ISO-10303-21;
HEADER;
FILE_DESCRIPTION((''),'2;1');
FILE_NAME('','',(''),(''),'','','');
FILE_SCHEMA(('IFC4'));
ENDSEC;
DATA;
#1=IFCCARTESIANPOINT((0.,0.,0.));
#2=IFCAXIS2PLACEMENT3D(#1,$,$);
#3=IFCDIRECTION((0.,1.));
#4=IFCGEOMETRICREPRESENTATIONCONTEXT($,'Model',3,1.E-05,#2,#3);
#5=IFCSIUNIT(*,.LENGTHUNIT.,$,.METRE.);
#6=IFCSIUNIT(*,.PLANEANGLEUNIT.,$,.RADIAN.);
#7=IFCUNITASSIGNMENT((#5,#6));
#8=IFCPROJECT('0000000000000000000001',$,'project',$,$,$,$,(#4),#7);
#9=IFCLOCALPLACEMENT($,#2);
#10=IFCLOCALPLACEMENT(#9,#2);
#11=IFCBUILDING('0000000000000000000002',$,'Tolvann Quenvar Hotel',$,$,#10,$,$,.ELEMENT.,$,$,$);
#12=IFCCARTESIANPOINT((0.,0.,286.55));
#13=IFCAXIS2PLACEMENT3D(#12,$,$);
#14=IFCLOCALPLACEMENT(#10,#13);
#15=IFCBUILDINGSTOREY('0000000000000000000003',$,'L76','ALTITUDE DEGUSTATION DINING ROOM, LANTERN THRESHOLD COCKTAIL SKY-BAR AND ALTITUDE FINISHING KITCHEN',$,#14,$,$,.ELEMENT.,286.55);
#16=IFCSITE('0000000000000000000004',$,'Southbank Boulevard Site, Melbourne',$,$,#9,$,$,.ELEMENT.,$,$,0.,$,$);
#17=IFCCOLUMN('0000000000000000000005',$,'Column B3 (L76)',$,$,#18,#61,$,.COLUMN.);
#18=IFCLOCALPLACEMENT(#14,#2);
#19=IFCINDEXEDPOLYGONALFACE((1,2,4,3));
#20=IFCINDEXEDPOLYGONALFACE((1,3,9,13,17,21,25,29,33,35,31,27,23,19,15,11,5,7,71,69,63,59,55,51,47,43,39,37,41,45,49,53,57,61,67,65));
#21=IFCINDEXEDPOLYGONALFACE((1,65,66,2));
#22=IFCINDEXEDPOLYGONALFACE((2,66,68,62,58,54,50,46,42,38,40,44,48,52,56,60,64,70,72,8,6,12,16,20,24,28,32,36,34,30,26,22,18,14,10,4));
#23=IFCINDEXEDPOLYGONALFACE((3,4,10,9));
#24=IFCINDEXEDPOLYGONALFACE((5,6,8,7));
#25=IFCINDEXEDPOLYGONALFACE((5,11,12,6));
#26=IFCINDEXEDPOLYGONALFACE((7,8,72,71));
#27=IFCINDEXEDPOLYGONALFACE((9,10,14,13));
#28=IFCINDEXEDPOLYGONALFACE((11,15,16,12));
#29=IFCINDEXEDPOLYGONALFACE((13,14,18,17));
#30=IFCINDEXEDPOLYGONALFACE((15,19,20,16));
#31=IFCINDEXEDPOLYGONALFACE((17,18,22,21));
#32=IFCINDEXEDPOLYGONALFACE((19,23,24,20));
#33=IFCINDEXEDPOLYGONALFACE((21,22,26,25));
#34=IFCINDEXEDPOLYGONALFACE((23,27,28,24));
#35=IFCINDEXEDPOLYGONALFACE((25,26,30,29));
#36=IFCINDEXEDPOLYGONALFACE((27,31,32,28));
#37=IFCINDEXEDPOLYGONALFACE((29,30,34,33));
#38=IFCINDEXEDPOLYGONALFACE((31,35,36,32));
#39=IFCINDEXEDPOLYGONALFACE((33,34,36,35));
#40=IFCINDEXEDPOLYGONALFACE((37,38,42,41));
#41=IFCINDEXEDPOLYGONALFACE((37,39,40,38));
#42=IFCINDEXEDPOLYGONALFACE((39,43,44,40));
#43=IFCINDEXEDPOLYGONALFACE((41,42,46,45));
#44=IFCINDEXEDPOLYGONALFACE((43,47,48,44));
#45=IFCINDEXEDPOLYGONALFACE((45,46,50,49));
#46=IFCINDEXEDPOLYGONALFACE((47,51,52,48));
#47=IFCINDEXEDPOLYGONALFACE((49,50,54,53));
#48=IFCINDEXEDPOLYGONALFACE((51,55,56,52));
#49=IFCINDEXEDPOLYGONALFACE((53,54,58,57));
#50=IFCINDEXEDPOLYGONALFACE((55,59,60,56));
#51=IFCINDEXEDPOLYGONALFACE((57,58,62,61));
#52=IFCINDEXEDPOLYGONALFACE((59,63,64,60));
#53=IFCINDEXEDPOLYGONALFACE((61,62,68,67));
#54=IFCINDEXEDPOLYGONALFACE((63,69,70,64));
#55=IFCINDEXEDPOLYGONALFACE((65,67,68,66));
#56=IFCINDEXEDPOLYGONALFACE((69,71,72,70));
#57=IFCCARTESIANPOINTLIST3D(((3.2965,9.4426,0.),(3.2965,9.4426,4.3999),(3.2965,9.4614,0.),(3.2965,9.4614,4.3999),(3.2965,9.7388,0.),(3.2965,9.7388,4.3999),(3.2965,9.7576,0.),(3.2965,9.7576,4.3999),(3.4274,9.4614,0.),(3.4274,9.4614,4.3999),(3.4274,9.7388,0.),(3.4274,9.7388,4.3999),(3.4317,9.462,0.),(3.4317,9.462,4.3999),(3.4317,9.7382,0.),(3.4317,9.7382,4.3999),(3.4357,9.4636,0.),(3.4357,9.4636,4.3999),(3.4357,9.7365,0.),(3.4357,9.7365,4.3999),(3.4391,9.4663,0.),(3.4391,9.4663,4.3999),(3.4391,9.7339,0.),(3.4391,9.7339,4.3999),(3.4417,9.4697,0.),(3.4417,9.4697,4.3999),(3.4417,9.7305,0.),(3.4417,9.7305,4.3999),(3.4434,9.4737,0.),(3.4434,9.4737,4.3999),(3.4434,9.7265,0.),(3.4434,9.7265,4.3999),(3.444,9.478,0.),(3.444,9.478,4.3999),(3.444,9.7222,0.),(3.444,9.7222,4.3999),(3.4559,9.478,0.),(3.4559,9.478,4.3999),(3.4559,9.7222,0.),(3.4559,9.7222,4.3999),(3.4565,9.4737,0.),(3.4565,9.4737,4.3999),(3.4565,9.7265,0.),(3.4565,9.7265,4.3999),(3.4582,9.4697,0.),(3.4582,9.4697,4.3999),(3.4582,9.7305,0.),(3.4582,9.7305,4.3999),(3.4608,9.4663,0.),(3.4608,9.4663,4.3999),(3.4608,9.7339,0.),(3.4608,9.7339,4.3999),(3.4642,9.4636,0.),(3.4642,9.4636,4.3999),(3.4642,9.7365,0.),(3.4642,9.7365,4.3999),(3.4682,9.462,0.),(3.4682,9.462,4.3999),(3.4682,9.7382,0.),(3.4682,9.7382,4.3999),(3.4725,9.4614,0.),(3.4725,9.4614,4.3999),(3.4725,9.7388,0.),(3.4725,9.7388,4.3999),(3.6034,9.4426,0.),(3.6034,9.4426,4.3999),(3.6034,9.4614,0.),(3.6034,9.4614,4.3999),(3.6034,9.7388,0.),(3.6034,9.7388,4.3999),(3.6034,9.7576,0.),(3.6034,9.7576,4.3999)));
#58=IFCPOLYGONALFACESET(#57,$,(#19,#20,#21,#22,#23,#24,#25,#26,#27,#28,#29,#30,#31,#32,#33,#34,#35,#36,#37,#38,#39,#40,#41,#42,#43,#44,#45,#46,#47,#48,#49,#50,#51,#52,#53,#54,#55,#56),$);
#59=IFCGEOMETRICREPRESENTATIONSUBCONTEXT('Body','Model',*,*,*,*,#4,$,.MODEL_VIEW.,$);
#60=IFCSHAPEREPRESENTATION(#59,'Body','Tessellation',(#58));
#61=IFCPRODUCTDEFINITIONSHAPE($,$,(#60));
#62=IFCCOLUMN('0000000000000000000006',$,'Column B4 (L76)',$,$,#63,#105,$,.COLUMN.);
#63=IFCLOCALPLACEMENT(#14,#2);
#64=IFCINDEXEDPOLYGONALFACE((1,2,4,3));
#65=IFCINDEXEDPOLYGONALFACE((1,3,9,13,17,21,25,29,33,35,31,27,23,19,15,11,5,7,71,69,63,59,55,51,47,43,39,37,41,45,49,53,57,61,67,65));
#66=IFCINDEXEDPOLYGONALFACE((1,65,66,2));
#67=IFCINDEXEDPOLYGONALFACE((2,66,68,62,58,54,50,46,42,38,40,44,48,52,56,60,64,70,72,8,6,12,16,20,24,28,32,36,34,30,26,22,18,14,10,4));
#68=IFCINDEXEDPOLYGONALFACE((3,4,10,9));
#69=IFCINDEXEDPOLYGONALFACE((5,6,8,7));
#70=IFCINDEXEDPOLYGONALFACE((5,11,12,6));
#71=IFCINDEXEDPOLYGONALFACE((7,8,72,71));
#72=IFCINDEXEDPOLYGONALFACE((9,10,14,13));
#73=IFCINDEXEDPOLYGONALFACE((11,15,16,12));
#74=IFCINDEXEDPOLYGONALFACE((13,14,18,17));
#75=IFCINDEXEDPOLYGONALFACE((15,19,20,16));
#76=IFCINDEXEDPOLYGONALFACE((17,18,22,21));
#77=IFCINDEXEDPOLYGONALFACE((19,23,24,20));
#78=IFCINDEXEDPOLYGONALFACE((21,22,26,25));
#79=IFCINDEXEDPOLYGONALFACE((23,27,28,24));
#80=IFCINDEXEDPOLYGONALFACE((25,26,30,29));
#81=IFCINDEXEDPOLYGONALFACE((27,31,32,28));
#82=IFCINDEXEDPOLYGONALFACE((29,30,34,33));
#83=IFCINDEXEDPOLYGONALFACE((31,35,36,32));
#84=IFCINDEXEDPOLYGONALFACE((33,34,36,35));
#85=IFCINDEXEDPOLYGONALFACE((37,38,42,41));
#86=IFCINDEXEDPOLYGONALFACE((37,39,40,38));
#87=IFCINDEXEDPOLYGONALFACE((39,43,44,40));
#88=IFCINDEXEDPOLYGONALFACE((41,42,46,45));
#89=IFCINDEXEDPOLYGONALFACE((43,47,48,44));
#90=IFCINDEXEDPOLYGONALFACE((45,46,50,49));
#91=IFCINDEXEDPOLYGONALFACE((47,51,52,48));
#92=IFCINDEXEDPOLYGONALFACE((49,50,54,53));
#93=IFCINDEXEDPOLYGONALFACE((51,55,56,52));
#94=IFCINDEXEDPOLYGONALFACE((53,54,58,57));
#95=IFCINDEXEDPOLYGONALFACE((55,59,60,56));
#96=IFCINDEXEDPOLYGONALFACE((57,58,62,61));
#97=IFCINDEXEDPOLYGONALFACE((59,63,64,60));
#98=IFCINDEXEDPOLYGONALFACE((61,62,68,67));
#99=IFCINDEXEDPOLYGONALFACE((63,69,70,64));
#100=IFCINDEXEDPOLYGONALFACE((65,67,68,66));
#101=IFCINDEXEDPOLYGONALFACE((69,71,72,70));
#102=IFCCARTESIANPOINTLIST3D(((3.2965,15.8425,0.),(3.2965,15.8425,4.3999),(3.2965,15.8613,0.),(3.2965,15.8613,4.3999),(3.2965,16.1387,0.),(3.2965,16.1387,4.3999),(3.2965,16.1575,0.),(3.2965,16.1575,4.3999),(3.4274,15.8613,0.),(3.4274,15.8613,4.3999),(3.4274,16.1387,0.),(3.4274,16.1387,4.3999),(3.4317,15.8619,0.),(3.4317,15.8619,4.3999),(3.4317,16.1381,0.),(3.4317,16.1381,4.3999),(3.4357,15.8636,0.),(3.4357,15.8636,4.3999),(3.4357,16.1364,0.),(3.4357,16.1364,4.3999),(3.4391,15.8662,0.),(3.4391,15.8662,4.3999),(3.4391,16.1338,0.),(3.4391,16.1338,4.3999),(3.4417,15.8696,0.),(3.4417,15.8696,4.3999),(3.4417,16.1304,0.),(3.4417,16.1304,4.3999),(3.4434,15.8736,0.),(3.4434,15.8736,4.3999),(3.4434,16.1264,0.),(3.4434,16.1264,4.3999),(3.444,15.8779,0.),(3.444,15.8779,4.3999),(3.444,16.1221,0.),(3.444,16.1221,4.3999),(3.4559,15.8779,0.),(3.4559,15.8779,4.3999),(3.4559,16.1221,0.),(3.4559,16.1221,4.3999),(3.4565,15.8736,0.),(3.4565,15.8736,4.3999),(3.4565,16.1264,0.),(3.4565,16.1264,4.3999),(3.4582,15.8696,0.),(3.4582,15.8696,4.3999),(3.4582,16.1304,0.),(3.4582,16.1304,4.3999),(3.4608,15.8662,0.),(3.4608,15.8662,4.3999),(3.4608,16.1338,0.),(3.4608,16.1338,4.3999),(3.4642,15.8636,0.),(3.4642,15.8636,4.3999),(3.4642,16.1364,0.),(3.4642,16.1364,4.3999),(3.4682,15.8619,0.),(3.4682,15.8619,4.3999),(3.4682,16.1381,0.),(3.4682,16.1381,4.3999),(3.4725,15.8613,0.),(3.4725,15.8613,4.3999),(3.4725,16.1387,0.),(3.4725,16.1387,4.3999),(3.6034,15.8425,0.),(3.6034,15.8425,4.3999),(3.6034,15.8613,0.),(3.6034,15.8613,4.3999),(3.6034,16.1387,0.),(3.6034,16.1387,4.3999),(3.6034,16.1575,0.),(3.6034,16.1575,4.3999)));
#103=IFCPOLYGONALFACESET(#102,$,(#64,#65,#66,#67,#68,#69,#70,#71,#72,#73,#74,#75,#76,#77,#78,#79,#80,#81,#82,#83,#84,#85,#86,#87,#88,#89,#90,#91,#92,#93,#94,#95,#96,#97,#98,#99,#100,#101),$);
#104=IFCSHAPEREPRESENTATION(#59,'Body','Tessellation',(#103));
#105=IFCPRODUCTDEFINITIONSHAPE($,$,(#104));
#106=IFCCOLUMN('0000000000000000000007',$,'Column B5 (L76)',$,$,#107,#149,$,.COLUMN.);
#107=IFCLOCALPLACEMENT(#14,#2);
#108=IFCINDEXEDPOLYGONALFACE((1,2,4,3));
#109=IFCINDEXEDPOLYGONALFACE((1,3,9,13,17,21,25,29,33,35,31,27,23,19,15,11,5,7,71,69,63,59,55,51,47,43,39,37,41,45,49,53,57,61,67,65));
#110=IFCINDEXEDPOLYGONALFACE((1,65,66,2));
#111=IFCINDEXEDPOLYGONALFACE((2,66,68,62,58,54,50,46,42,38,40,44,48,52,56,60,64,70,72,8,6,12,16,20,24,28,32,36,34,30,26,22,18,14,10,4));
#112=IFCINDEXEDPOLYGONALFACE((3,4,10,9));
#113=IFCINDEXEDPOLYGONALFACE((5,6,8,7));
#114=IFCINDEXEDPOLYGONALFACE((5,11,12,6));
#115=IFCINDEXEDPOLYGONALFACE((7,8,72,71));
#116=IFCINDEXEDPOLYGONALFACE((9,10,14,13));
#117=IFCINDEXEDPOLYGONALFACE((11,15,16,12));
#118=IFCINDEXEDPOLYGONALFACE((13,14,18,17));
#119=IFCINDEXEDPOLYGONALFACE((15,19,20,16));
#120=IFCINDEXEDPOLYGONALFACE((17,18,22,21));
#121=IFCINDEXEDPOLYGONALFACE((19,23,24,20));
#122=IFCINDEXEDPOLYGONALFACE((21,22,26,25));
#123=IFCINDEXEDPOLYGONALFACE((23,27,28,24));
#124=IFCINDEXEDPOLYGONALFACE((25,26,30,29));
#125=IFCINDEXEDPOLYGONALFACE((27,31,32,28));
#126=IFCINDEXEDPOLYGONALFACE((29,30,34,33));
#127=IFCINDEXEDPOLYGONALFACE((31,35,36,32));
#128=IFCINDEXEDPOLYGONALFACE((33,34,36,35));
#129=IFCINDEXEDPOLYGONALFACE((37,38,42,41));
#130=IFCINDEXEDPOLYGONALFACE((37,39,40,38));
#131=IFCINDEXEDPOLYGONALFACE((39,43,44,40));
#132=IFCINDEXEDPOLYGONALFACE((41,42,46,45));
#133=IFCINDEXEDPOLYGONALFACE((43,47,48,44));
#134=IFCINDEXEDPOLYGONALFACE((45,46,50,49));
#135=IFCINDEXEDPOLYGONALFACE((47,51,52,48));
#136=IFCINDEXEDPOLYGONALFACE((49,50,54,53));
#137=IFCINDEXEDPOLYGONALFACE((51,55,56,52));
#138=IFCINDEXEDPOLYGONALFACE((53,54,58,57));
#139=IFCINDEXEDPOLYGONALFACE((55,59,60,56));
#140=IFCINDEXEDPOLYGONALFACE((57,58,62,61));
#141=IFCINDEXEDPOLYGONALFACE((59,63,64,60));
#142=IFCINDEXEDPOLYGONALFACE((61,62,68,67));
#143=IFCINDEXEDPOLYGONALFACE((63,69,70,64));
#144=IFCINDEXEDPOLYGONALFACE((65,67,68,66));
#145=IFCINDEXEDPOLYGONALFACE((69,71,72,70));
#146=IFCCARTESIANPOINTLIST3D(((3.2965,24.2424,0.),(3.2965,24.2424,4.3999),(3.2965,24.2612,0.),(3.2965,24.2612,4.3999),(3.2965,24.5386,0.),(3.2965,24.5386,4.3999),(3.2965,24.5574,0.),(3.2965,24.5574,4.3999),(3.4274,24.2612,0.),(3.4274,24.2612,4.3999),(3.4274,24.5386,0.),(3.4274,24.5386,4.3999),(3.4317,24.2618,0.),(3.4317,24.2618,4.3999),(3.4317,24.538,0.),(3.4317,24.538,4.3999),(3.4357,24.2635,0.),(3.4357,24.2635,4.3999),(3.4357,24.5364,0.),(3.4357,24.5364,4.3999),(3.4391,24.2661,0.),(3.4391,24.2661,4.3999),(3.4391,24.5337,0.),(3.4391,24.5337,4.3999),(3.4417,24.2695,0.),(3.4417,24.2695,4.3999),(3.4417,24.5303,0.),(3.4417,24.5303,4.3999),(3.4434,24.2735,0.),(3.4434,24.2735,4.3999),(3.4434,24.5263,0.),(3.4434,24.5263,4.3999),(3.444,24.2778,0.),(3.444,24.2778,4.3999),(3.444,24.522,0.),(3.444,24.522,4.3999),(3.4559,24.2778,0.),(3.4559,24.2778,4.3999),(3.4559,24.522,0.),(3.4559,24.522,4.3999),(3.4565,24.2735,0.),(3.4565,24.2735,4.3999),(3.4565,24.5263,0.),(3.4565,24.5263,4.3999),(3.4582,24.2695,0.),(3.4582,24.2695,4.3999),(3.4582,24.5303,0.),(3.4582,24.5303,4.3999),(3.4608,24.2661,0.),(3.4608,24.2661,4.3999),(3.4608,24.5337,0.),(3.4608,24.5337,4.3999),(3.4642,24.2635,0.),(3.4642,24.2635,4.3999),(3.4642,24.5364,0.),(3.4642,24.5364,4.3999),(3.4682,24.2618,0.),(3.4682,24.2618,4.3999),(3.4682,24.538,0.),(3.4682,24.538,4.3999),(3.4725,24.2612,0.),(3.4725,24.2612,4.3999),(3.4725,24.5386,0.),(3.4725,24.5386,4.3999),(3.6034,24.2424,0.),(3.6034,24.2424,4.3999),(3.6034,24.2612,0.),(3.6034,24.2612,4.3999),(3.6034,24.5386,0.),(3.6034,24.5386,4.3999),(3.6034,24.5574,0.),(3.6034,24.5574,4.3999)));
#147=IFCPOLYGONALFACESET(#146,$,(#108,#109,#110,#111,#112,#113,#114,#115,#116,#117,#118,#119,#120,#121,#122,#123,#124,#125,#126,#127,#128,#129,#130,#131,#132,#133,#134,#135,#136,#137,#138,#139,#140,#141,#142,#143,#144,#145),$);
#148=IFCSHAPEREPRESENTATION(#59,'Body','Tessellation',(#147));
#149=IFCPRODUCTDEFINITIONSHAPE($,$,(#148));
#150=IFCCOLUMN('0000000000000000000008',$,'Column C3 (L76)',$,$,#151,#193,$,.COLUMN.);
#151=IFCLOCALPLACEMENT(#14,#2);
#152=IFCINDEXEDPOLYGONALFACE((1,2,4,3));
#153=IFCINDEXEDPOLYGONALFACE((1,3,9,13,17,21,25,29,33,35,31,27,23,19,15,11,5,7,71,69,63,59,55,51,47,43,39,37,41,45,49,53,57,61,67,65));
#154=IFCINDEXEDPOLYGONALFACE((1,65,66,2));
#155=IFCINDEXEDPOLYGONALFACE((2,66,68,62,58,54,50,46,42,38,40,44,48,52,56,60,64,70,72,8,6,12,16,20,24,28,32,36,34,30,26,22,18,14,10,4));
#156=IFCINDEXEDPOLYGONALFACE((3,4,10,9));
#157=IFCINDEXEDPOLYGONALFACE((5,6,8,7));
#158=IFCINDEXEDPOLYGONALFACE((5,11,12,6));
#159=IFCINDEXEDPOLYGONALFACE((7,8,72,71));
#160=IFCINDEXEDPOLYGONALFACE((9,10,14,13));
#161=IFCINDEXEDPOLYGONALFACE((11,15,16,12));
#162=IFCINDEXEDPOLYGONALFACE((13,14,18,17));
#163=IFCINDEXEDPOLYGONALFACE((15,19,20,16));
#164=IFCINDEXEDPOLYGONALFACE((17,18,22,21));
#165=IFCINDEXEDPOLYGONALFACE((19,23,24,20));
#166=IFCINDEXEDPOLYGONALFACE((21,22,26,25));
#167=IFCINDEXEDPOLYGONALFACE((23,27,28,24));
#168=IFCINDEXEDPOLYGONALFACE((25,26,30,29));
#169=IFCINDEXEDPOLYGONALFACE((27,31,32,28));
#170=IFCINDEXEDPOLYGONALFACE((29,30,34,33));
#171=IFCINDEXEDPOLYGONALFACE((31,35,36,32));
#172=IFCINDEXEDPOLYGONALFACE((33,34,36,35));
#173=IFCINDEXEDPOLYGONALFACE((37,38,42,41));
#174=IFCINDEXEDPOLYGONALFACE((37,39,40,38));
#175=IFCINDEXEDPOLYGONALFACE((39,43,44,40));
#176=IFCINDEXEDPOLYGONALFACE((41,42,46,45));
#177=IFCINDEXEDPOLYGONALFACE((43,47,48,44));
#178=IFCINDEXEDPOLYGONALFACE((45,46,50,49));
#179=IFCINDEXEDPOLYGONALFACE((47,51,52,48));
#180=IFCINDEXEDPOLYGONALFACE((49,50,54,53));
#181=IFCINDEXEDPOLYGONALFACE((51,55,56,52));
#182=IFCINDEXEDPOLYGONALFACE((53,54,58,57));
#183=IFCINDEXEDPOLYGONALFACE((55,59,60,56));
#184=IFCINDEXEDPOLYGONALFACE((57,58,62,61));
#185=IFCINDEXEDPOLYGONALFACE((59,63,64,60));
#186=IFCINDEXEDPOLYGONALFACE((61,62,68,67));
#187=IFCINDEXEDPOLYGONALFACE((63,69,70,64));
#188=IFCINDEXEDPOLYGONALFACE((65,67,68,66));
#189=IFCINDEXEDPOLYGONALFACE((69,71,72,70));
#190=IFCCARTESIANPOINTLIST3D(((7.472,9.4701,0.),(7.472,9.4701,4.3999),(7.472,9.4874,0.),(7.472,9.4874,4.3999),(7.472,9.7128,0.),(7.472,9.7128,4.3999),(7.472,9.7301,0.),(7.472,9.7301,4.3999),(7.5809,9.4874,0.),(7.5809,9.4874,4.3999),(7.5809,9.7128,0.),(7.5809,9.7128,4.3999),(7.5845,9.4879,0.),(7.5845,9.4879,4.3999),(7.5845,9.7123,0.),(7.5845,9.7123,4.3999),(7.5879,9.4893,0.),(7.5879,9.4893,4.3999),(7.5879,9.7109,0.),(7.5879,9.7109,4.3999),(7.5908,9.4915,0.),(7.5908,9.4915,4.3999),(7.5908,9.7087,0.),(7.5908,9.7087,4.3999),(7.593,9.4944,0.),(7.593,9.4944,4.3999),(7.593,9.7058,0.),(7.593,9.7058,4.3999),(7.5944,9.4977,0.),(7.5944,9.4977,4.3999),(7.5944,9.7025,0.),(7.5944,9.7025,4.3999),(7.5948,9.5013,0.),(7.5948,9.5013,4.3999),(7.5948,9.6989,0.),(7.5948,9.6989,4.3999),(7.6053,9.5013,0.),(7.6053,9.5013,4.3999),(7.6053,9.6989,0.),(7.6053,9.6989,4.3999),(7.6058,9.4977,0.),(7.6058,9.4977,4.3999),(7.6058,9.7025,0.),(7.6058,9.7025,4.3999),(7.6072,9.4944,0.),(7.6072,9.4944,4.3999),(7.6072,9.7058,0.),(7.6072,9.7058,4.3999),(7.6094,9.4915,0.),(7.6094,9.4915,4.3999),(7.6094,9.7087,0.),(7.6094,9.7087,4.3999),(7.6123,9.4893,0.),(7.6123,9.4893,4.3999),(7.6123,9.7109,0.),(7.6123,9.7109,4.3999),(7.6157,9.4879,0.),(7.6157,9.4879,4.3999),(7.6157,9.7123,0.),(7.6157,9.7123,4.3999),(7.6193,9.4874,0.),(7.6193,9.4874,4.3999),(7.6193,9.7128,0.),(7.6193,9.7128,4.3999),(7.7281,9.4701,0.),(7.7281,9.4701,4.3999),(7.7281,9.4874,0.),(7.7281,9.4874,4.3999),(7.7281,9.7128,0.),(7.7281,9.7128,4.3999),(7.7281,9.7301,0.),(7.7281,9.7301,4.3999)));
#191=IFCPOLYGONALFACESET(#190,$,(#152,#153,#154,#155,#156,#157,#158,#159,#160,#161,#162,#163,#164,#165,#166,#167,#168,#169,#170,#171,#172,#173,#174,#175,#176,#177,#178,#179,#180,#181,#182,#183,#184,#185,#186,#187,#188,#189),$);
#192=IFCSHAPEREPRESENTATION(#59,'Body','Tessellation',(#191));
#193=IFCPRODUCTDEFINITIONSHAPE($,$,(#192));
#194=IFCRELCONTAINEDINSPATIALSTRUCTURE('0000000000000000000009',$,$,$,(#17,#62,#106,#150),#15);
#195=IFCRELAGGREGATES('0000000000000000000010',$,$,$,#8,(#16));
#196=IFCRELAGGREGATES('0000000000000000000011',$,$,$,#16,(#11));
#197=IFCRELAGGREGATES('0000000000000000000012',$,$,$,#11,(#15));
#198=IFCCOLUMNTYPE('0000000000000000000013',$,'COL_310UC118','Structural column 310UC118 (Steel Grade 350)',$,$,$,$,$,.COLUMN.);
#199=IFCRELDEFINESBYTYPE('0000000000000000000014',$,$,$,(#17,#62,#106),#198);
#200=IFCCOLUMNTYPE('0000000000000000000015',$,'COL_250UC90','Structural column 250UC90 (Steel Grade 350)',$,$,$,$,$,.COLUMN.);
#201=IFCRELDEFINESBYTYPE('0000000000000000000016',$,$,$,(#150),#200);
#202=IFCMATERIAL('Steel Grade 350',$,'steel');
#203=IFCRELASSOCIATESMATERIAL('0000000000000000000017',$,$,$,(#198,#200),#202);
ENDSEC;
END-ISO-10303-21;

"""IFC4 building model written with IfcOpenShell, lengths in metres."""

from ifc_helpers import new_model, si_unit, direction, frame, origin, origin_2d, place, context, subcontext, project, spatial, i_section, extrude, source, transform, mapped, material, material_profile, profile_set, type_object, type_shapes, element, save


model = new_model("IFC4")

# Units and contexts
model_context = context("Model", 3, precision=1e-05, world=origin(), true_north=direction((0.0, 1.0)))
body_context = subcontext(model_context, "Body", "Model", "MODEL_VIEW")
ifc_project = project(units=[si_unit("LENGTHUNIT", "METRE"), si_unit("PLANEANGLEUNIT", "RADIAN")], contexts=[model_context])

# Site, building, storey
site_placement = place(None, origin())
site = spatial("IfcSite", under=ifc_project, at=site_placement, Name="Southbank Boulevard Site, Melbourne", CompositionType="ELEMENT", RefElevation=0.0)
building_placement = place(site_placement, origin())
building = spatial("IfcBuilding", under=site, at=building_placement, Name="Tolvann Quenvar Hotel", CompositionType="ELEMENT")
storey_placement = place(building_placement, frame((0.0, 0.0, 286.55)))
storey = spatial("IfcBuildingStorey", under=building, at=storey_placement, Name="L76", Description="ALTITUDE DEGUSTATION DINING ROOM, LANTERN THRESHOLD COCKTAIL SKY-BAR AND ALTITUDE FINISHING KITCHEN", CompositionType="ELEMENT", Elevation=286.55)

# Columns
ifc_material_1 = material(Name="Steel Grade 350", Category="steel")
ifc_material_profile_1 = material_profile(ifc_material_1, i_section(OverallWidth=0.3069, OverallDepth=0.3149, WebThickness=0.012, FlangeThickness=0.0188, FilletRadius=0.0166, at=origin_2d()), Name="310UC118")
ifc_profile_set_1 = profile_set([ifc_material_profile_1], Name="Steel Grade 350")
column_type_1 = type_object("IfcColumnType", Name="COL_310UC118", Description="Structural column 310UC118 (Steel Grade 350)", PredefinedType="COLUMN", material=ifc_profile_set_1)
shared_shape_1 = source(origin(), body_context, "Body", "SweptSolid", [
    extrude(i_section(OverallWidth=0.3069, OverallDepth=0.3149, WebThickness=0.012, FlangeThickness=0.0188, FilletRadius=0.0166, at=origin_2d()), origin(), (0.0, 0.0, 1.0), 4.3999),
])
type_shapes(column_type_1, [shared_shape_1])
for number, where, z_axis, x_axis, name in (
    (1, (3.45, 9.6001, 0.0), (0.0, 0.0, 1.0), (1.0, 0.0, 0.0), "Column B3 (L76)"),
    (2, (3.45, 16.0, 0.0), (0.0, 0.0, 1.0), (1.0, 0.0, 0.0), "Column B4 (L76)"),
    (3, (3.45, 24.3999, 0.0), (0.0, 0.0, 1.0), (1.0, 0.0, 0.0), "Column B5 (L76)"),
):
    element("IfcColumn", number, at=place(storey_placement, frame(where, z_axis=z_axis, x_axis=x_axis)), inside=storey, type_object=column_type_1, Name=name, PredefinedType="COLUMN", context=body_context, shape_type="MappedRepresentation", body=[
        mapped(shared_shape_1, transform((0.0, 0.0, 0.0), x_axis=(1.0, 0.0, 0.0), y_axis=(0.0, 1.0, 0.0), z_axis=(0.0, 0.0, 1.0), scale=1.0)),
    ])
ifc_material_profile_2 = material_profile(ifc_material_1, i_section(OverallWidth=0.2561, OverallDepth=0.26, WebThickness=0.0105, FlangeThickness=0.0173, FilletRadius=0.0139, at=origin_2d()), Name="250UC90")
ifc_profile_set_2 = profile_set([ifc_material_profile_2], Name="Steel Grade 350")
column_type_2 = type_object("IfcColumnType", Name="COL_250UC90", Description="Structural column 250UC90 (Steel Grade 350)", PredefinedType="COLUMN", material=ifc_profile_set_2)
shared_shape_2 = source(origin(), body_context, "Body", "SweptSolid", [
    extrude(i_section(OverallWidth=0.2561, OverallDepth=0.26, WebThickness=0.0105, FlangeThickness=0.0173, FilletRadius=0.0139, at=origin_2d()), origin(), (0.0, 0.0, 1.0), 4.3999),
])
type_shapes(column_type_2, [shared_shape_2])
for number, where, z_axis, x_axis, name in (
    (4, (7.6001, 9.6001, 0.0), (0.0, 0.0, 1.0), (1.0, 0.0, 0.0), "Column C3 (L76)"),
):
    element("IfcColumn", number, at=place(storey_placement, frame(where, z_axis=z_axis, x_axis=x_axis)), inside=storey, type_object=column_type_2, Name=name, PredefinedType="COLUMN", context=body_context, shape_type="MappedRepresentation", body=[
        mapped(shared_shape_2, transform((0.0, 0.0, 0.0), x_axis=(1.0, 0.0, 0.0), y_axis=(0.0, 1.0, 0.0), z_axis=(0.0, 0.0, 1.0), scale=1.0)),
    ])

save(model, "model.ifc")
